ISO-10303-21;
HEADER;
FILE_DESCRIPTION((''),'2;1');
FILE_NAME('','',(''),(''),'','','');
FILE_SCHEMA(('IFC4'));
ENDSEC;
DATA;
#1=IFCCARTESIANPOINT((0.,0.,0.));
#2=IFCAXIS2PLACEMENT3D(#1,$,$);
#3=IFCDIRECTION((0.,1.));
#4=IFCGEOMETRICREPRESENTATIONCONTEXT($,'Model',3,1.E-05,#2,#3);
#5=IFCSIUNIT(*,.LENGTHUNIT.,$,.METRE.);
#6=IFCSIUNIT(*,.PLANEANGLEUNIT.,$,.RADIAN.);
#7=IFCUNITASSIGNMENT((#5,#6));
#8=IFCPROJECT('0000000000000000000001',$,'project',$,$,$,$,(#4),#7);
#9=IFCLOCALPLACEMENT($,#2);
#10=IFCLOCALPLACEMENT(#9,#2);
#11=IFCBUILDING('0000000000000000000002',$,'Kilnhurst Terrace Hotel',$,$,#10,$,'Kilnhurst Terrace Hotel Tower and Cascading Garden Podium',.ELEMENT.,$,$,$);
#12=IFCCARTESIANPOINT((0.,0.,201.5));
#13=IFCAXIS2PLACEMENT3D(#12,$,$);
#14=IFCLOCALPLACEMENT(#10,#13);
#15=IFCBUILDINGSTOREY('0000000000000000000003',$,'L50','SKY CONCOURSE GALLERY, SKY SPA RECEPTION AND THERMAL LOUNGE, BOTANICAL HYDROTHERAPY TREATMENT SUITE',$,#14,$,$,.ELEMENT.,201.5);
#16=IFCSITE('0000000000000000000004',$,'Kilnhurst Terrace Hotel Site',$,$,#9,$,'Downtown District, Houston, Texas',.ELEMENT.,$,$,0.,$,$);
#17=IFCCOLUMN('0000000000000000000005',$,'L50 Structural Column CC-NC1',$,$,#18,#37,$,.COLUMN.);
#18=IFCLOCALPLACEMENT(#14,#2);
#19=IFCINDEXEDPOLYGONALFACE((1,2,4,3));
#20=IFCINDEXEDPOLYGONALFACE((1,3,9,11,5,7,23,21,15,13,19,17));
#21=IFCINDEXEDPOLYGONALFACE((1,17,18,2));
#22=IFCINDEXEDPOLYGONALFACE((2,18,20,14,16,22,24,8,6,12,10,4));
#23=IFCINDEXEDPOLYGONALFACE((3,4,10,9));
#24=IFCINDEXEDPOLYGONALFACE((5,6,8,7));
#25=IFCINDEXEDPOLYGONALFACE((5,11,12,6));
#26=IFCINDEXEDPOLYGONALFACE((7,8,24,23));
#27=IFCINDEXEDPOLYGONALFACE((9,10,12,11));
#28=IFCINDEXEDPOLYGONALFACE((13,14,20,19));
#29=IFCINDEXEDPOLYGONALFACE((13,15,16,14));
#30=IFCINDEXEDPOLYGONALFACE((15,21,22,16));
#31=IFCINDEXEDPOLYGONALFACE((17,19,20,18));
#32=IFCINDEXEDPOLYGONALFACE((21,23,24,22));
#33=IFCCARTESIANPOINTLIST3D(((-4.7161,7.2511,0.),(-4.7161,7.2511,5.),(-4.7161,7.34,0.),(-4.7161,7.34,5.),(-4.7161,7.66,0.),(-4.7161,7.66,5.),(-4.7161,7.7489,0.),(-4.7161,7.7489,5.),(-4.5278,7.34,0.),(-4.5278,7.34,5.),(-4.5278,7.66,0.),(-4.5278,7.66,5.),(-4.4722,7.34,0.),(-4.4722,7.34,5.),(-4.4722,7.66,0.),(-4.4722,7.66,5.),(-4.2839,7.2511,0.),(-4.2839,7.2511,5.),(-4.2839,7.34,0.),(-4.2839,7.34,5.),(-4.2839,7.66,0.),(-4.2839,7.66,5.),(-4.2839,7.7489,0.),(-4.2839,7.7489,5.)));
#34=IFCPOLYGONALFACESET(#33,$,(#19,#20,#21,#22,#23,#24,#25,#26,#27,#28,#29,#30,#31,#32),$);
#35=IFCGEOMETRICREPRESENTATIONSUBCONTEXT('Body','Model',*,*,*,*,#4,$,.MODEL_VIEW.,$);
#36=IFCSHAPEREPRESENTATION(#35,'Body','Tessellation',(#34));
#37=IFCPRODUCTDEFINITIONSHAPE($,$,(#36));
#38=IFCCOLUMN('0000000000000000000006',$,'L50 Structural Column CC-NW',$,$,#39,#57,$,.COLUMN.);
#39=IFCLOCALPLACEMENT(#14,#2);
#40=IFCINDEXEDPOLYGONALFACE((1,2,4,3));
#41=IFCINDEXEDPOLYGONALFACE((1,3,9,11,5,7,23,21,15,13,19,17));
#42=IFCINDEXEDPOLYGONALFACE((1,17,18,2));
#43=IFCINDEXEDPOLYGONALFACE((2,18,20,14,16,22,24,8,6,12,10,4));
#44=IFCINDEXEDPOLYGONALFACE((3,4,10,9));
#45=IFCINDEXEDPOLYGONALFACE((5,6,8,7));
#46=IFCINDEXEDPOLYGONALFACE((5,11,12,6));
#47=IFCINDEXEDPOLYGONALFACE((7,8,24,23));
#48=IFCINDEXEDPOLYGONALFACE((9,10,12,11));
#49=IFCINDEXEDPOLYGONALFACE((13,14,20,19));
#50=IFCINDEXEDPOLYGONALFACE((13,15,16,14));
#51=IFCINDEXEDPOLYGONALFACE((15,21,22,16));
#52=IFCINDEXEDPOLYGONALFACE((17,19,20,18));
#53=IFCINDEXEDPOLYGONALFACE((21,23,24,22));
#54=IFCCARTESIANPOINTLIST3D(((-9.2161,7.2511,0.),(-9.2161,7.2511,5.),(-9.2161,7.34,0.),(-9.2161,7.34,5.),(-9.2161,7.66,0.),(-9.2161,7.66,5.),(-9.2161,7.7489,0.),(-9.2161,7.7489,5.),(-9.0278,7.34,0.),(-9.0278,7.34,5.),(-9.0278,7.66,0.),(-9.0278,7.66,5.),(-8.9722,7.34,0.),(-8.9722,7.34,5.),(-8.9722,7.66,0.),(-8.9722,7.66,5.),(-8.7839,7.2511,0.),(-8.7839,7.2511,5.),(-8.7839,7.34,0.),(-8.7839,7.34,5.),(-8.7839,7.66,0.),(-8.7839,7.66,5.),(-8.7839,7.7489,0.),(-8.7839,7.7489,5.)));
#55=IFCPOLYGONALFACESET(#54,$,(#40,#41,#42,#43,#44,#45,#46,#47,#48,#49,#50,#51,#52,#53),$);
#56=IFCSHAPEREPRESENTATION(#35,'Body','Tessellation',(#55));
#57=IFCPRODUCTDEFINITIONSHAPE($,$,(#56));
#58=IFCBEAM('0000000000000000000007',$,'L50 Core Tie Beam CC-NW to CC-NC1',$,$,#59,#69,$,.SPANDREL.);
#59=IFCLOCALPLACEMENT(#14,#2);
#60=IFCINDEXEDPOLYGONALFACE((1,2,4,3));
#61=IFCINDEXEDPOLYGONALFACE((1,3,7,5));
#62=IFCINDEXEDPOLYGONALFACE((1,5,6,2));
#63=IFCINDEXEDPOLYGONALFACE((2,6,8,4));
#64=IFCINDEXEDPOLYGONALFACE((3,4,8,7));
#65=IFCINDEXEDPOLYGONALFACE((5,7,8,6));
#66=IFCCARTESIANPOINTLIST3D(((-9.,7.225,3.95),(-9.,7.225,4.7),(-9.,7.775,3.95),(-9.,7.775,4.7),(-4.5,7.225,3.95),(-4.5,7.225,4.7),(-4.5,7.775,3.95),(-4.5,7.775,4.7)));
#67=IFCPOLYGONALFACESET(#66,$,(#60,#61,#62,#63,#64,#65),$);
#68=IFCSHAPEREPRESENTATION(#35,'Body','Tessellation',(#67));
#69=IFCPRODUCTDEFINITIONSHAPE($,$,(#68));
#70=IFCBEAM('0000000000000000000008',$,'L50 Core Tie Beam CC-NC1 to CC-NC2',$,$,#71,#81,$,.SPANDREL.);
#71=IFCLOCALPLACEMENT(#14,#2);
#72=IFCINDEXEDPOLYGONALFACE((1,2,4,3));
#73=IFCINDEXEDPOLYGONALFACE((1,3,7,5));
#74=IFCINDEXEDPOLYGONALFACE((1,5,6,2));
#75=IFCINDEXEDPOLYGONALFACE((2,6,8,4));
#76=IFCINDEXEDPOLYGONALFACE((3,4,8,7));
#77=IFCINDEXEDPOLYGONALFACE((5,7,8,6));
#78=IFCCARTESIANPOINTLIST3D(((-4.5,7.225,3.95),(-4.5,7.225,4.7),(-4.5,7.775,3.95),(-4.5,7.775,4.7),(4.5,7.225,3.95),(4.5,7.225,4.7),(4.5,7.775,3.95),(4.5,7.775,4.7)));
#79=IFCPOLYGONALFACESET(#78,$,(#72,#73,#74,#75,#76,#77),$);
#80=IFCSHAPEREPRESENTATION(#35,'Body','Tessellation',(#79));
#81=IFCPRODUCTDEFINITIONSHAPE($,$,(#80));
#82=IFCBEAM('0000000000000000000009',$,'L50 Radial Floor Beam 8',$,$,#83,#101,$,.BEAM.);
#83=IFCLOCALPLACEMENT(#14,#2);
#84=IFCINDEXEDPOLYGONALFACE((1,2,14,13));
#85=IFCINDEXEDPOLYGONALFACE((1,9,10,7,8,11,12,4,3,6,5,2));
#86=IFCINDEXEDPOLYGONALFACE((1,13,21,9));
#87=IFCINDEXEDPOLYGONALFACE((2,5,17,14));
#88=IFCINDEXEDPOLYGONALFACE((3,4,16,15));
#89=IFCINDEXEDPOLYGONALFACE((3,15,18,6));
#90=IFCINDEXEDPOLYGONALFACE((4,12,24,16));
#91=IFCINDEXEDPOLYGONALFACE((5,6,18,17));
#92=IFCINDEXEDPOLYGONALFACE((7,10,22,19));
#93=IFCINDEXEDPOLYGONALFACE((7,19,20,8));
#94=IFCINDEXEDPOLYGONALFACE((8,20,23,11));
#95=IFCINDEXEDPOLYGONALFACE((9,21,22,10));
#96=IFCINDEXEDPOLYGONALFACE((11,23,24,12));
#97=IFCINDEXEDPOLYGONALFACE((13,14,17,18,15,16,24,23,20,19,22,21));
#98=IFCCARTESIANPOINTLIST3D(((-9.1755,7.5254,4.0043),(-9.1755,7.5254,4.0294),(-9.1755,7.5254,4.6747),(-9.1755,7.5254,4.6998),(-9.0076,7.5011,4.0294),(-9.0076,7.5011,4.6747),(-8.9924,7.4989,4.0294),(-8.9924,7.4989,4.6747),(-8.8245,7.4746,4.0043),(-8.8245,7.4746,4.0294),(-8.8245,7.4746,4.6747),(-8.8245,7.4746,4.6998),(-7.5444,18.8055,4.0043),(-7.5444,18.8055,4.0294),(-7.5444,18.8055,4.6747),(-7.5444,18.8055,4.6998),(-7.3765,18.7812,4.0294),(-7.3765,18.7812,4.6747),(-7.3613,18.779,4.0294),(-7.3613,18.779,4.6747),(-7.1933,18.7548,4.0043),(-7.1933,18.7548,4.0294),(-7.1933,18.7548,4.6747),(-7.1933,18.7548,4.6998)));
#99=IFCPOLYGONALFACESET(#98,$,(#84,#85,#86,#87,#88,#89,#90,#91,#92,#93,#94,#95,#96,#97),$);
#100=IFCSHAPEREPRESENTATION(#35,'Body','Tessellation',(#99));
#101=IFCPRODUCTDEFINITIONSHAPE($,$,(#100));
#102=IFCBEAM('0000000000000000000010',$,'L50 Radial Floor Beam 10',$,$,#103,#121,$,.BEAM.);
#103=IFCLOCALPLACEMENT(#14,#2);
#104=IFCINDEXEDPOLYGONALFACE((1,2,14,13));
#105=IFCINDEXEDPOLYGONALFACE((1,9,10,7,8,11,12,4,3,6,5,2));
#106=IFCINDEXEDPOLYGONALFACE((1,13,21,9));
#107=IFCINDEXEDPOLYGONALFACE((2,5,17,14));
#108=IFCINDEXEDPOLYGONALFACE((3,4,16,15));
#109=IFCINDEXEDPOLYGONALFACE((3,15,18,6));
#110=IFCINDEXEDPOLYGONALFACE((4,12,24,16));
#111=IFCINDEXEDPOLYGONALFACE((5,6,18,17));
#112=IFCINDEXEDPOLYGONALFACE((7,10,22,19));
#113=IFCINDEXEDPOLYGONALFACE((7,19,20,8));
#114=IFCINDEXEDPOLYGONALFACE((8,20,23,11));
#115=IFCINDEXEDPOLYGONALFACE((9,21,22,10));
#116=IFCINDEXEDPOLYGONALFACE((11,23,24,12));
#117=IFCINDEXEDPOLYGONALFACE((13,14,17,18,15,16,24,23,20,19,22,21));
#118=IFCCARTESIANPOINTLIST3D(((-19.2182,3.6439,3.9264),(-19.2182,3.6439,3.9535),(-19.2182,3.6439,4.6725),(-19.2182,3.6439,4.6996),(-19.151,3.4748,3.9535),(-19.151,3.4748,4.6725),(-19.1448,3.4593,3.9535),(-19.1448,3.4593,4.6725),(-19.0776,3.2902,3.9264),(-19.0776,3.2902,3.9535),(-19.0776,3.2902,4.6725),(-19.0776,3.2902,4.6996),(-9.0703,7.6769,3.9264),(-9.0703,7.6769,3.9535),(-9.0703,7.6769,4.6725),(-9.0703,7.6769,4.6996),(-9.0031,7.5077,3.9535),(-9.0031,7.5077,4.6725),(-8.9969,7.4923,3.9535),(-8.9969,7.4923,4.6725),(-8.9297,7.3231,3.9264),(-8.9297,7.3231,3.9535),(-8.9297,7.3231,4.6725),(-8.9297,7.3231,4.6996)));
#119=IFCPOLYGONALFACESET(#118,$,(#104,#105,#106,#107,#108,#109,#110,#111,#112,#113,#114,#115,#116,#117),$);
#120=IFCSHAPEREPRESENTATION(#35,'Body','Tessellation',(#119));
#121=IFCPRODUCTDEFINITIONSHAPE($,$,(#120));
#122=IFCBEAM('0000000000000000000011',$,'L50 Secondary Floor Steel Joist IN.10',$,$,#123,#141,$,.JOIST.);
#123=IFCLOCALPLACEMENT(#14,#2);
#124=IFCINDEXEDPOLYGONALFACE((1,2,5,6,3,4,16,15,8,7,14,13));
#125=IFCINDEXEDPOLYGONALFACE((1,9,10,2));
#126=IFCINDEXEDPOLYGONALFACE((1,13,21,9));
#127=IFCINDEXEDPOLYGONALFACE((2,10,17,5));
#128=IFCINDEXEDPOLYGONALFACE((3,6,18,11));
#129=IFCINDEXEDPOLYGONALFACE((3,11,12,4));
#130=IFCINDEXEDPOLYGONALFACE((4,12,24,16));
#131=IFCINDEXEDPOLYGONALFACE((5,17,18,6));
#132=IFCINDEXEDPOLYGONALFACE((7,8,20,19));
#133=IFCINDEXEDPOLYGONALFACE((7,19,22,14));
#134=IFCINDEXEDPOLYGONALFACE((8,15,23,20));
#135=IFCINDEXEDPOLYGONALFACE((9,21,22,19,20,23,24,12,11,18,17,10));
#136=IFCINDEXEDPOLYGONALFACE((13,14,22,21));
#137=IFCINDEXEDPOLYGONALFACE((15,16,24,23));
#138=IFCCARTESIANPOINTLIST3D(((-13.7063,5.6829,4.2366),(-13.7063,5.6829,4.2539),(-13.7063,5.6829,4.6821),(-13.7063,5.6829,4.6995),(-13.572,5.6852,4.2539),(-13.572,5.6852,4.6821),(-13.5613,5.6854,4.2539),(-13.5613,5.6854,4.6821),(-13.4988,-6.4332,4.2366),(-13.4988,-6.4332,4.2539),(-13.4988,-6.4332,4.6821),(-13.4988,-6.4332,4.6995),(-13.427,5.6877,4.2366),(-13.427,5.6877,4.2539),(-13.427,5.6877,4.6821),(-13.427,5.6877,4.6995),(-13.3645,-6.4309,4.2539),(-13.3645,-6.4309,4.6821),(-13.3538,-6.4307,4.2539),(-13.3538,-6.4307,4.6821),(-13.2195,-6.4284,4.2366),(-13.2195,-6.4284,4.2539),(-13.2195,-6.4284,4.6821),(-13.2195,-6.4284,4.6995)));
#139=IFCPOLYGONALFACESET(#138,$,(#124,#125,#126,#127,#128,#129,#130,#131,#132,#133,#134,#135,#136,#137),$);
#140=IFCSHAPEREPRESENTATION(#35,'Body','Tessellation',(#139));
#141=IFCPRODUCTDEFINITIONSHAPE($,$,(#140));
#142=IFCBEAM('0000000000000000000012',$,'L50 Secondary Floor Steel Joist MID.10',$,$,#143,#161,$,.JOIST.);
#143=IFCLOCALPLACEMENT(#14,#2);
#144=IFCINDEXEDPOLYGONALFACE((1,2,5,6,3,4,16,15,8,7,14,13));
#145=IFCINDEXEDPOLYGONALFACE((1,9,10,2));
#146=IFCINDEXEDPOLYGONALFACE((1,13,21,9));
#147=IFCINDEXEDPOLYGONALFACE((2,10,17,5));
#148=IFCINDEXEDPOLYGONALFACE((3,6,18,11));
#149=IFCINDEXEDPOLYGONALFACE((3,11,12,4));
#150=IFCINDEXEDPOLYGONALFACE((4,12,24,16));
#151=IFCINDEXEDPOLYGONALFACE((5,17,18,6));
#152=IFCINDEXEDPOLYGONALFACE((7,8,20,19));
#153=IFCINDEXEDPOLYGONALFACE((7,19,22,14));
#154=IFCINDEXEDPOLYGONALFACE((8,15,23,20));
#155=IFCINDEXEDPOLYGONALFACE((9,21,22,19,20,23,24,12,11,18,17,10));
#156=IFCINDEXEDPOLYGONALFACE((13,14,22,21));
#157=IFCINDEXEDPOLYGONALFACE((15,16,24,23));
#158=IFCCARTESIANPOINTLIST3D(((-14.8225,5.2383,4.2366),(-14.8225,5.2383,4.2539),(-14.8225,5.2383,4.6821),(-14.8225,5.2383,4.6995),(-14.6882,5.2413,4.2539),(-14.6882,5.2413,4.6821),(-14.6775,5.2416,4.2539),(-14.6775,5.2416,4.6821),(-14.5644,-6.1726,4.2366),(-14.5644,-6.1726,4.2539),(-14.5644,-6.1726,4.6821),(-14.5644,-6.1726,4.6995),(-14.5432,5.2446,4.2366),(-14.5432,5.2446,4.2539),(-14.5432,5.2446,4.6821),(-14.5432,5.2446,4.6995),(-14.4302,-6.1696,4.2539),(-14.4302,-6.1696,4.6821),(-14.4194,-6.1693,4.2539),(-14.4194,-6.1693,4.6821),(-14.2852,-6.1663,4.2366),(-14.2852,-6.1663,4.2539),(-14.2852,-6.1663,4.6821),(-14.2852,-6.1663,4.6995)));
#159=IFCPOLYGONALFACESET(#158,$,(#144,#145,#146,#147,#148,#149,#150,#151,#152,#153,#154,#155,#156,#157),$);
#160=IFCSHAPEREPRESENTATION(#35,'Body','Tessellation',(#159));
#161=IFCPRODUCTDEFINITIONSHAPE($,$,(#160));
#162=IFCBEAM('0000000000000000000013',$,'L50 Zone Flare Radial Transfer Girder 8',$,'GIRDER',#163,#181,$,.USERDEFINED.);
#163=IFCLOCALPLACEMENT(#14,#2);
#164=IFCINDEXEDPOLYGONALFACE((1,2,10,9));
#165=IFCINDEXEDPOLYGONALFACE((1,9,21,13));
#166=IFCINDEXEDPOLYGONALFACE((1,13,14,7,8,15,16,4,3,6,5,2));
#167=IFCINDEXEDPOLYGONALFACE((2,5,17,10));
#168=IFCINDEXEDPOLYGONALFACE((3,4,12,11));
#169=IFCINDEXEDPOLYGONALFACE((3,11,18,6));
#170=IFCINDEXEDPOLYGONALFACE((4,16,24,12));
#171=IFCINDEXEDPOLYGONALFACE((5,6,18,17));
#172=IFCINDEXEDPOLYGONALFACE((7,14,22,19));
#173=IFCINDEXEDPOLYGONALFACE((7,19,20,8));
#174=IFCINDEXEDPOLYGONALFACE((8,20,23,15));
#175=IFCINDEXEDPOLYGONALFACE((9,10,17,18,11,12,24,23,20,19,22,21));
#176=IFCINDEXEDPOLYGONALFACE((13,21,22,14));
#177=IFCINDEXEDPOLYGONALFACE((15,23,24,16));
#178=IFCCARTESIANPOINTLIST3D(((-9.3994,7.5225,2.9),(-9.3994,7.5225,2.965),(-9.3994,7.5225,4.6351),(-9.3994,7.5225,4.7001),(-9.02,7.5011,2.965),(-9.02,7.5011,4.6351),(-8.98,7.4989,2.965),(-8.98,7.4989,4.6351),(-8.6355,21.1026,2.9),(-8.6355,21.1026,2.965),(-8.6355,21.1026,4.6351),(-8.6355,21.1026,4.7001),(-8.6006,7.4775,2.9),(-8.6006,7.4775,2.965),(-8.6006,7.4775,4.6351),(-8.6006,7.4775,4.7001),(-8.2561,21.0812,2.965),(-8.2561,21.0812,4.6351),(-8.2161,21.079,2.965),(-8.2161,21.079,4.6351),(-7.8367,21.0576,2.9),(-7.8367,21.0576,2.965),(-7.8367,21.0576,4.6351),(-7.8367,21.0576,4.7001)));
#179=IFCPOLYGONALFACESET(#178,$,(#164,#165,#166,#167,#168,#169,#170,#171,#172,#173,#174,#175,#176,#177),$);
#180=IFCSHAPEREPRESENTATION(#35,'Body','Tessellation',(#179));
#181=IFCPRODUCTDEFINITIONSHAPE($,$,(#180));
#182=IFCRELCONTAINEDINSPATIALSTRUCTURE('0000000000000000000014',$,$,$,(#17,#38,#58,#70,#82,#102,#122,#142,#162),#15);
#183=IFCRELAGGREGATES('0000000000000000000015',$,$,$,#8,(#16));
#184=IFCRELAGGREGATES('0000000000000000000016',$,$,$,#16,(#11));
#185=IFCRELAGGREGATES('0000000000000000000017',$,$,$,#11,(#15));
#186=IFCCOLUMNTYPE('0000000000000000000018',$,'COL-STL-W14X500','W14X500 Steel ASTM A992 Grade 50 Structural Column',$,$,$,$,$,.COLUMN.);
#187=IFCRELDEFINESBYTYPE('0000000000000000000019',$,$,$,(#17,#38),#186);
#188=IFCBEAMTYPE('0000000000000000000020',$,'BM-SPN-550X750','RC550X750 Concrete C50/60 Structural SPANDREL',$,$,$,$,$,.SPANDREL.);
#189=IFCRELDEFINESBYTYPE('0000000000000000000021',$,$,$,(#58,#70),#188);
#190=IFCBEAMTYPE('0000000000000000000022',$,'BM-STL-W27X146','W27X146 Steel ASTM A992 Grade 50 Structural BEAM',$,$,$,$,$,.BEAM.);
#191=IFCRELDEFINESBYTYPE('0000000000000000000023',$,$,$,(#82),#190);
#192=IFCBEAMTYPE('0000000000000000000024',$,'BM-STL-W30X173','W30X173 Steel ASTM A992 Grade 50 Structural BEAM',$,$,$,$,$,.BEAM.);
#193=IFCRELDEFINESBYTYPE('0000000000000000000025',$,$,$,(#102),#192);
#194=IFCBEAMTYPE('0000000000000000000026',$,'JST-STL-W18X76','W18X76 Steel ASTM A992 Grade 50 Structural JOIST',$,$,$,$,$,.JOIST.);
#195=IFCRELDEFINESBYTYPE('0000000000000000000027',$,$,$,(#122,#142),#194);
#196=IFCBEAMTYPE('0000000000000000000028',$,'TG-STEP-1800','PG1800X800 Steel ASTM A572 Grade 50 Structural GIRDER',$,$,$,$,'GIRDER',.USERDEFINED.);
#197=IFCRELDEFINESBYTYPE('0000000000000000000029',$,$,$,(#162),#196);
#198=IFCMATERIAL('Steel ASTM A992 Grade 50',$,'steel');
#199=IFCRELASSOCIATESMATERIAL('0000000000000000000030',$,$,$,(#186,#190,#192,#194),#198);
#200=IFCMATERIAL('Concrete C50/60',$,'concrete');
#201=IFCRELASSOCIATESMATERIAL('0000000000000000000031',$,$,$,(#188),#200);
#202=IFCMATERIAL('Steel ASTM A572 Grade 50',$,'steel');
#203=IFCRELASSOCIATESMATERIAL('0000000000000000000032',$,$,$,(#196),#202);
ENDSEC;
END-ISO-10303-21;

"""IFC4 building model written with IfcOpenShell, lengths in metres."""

from ifc_helpers import new_model, si_unit, direction, frame, origin, origin_2d, place, context, subcontext, project, spatial, rectangle, i_section, extrude, material, material_profile, profile_set, type_object, element, save


model = new_model("IFC4")

# Units and contexts
model_context = context("Model", 3, precision=1e-05, world=origin(), true_north=direction((0.0, 1.0)))
body_context = subcontext(model_context, "Body", "Model", "MODEL_VIEW")
ifc_project = project(units=[si_unit("LENGTHUNIT", "METRE"), si_unit("PLANEANGLEUNIT", "RADIAN")], contexts=[model_context])

# Site, building, storey
site_placement = place(None, origin())
site = spatial("IfcSite", under=ifc_project, at=site_placement, Name="Kilnhurst Terrace Hotel Site", LongName="Downtown District, Houston, Texas", CompositionType="ELEMENT", RefElevation=0.0)
building_placement = place(site_placement, origin())
building = spatial("IfcBuilding", under=site, at=building_placement, Name="Kilnhurst Terrace Hotel", LongName="Kilnhurst Terrace Hotel Tower and Cascading Garden Podium", CompositionType="ELEMENT")
storey_placement = place(building_placement, frame((0.0, 0.0, 201.5)))
storey = spatial("IfcBuildingStorey", under=building, at=storey_placement, Name="L50", Description="SKY CONCOURSE GALLERY, SKY SPA RECEPTION AND THERMAL LOUNGE, BOTANICAL HYDROTHERAPY TREATMENT SUITE", CompositionType="ELEMENT", Elevation=201.5)

# Columns
ifc_material_1 = material(Name="Steel ASTM A992 Grade 50", Category="steel")
ifc_material_profile_1 = material_profile(ifc_material_1, i_section(OverallWidth=0.4321, OverallDepth=0.4978, WebThickness=0.0557, FlangeThickness=0.0889, at=origin_2d()), Name="W14X500")
ifc_profile_set_1 = profile_set([ifc_material_profile_1], Name="Steel ASTM A992 Grade 50")
column_type = type_object("IfcColumnType", Name="COL-STL-W14X500", Description="W14X500 Steel ASTM A992 Grade 50 Structural Column", PredefinedType="COLUMN", material=ifc_profile_set_1)
for number, where, z_axis, x_axis, name in (
    (1, (-4.5, 7.5, 0.0), (0.0, 0.0, 1.0), (1.0, 0.0, 0.0), "L50 Structural Column CC-NC1"),
    (2, (-9.0, 7.5, 0.0), (0.0, 0.0, 1.0), (1.0, 0.0, 0.0), "L50 Structural Column CC-NW"),
):
    element("IfcColumn", number, at=place(storey_placement, frame(where, z_axis=z_axis, x_axis=x_axis)), inside=storey, type_object=column_type, Name=name, PredefinedType="COLUMN", context=body_context, shape_type="SweptSolid", body=[
        extrude(i_section(OverallWidth=0.4321, OverallDepth=0.4978, WebThickness=0.0557, FlangeThickness=0.0889, at=origin_2d()), origin(), (0.0, 0.0, 1.0), 5.0),
    ])

# Beams
ifc_material_2 = material(Name="Concrete C50/60", Category="concrete")
ifc_material_profile_2 = material_profile(ifc_material_2, rectangle(XDim=0.55, YDim=0.75, at=origin_2d()), Name="RC550X750")
ifc_profile_set_2 = profile_set([ifc_material_profile_2], Name="Concrete C50/60")
beam_type_1 = type_object("IfcBeamType", Name="BM-SPN-550X750", Description="RC550X750 Concrete C50/60 Structural SPANDREL", PredefinedType="SPANDREL", material=ifc_profile_set_2)
beam_1_placement = place(storey_placement, frame((-9.0, 7.5, 4.325), z_axis=(1.0, 0.0, 0.0), x_axis=(0.0, 1.0, 0.0)))
element("IfcBeam", 3, at=beam_1_placement, inside=storey, type_object=beam_type_1, Name="L50 Core Tie Beam CC-NW to CC-NC1", PredefinedType="SPANDREL", context=body_context, shape_type="SweptSolid", body=[
    extrude(rectangle(XDim=0.55, YDim=0.75, at=origin_2d()), origin(), (0.0, 0.0, 1.0), 4.5),
])
beam_2_placement = place(storey_placement, frame((-4.5, 7.5, 4.325), z_axis=(1.0, 0.0, 0.0), x_axis=(0.0, 1.0, 0.0)))
element("IfcBeam", 4, at=beam_2_placement, inside=storey, type_object=beam_type_1, Name="L50 Core Tie Beam CC-NC1 to CC-NC2", PredefinedType="SPANDREL", context=body_context, shape_type="SweptSolid", body=[
    extrude(rectangle(XDim=0.55, YDim=0.75, at=origin_2d()), origin(), (0.0, 0.0, 1.0), 9.0),
])
ifc_material_profile_3 = material_profile(ifc_material_1, i_section(OverallWidth=0.3547, OverallDepth=0.6956, WebThickness=0.0154, FlangeThickness=0.0251, at=origin_2d()), Name="W27X146")
ifc_profile_set_3 = profile_set([ifc_material_profile_3], Name="Steel ASTM A992 Grade 50")
beam_type_2 = type_object("IfcBeamType", Name="BM-STL-W27X146", Description="W27X146 Steel ASTM A992 Grade 50 Structural BEAM", PredefinedType="BEAM", material=ifc_profile_set_3)
beam_3_placement = place(storey_placement, frame((-9.0, 7.5, 4.3521), z_axis=(0.143113, 0.989706, 0.0), x_axis=(-0.989706, 0.143113, 0.0)))
element("IfcBeam", 5, at=beam_3_placement, inside=storey, type_object=beam_type_2, Name="L50 Radial Floor Beam 8", PredefinedType="BEAM", context=body_context, shape_type="SweptSolid", body=[
    extrude(i_section(OverallWidth=0.3547, OverallDepth=0.6956, WebThickness=0.0154, FlangeThickness=0.0251, at=origin_2d()), origin(), (0.0, 0.0, 1.0), 11.3975),
])
ifc_material_profile_4 = material_profile(ifc_material_1, i_section(OverallWidth=0.3806, OverallDepth=0.7732, WebThickness=0.0166, FlangeThickness=0.0271, at=origin_2d()), Name="W30X173")
ifc_profile_set_4 = profile_set([ifc_material_profile_4], Name="Steel ASTM A992 Grade 50")
beam_type_3 = type_object("IfcBeamType", Name="BM-STL-W30X173", Description="W30X173 Steel ASTM A992 Grade 50 Structural BEAM", PredefinedType="BEAM", material=ifc_profile_set_4)
beam_4_placement = place(storey_placement, frame((-9.0, 7.5, 4.313), z_axis=(-0.929302, -0.36932, 0.0), x_axis=(0.36932, -0.929302, 0.0)))
element("IfcBeam", 6, at=beam_4_placement, inside=storey, type_object=beam_type_3, Name="L50 Radial Floor Beam 10", PredefinedType="BEAM", context=body_context, shape_type="SweptSolid", body=[
    extrude(i_section(OverallWidth=0.3806, OverallDepth=0.7732, WebThickness=0.0166, FlangeThickness=0.0271, at=origin_2d()), origin(), (0.0, 0.0, 1.0), 10.9199),
])
ifc_material_profile_5 = material_profile(ifc_material_1, i_section(OverallWidth=0.2793, OverallDepth=0.4629, WebThickness=0.0107, FlangeThickness=0.0173, at=origin_2d()), Name="W18X76")
ifc_profile_set_5 = profile_set([ifc_material_profile_5], Name="Steel ASTM A992 Grade 50")
beam_type_4 = type_object("IfcBeamType", Name="JST-STL-W18X76", Description="W18X76 Steel ASTM A992 Grade 50 Structural JOIST", PredefinedType="JOIST", material=ifc_profile_set_5)
beam_5_placement = place(storey_placement, frame((-13.5667, 5.6853, 4.468), z_axis=(0.017125, -0.999853, 0.0), x_axis=(0.999853, 0.017125, 0.0)))
element("IfcBeam", 7, at=beam_5_placement, inside=storey, type_object=beam_type_4, Name="L50 Secondary Floor Steel Joist IN.10", PredefinedType="JOIST", context=body_context, shape_type="SweptSolid", body=[
    extrude(i_section(OverallWidth=0.2793, OverallDepth=0.4629, WebThickness=0.0107, FlangeThickness=0.0173, at=origin_2d()), origin(), (0.0, 0.0, 1.0), 12.1179),
])
beam_6_placement = place(storey_placement, frame((-14.6829, 5.2415, 4.468), z_axis=(0.022609, -0.999744, 0.0), x_axis=(0.999744, 0.022609, 0.0)))
element("IfcBeam", 8, at=beam_6_placement, inside=storey, type_object=beam_type_4, Name="L50 Secondary Floor Steel Joist MID.10", PredefinedType="JOIST", context=body_context, shape_type="SweptSolid", body=[
    extrude(i_section(OverallWidth=0.2793, OverallDepth=0.4629, WebThickness=0.0107, FlangeThickness=0.0173, at=origin_2d()), origin(), (0.0, 0.0, 1.0), 11.4138),
])
ifc_material_3 = material(Name="Steel ASTM A572 Grade 50", Category="steel")
ifc_material_profile_6 = material_profile(ifc_material_3, i_section(OverallWidth=0.8, OverallDepth=1.8, WebThickness=0.04, FlangeThickness=0.0649, at=origin_2d()), Name="PG1800X800")
ifc_profile_set_6 = profile_set([ifc_material_profile_6], Name="Steel ASTM A572 Grade 50")
beam_type_5 = type_object("IfcBeamType", Name="TG-STEP-1800", Description="PG1800X800 Steel ASTM A572 Grade 50 Structural GIRDER", ElementType="GIRDER", PredefinedType="USERDEFINED", material=ifc_profile_set_6)
beam_7_placement = place(storey_placement, frame((-9.0, 7.5, 3.8), z_axis=(0.056164, 0.998422, 0.0), x_axis=(-0.998422, 0.056164, 0.0)))
element("IfcBeam", 9, at=beam_7_placement, inside=storey, type_object=beam_type_5, Name="L50 Zone Flare Radial Transfer Girder 8", ObjectType="GIRDER", PredefinedType="USERDEFINED", context=body_context, shape_type="SweptSolid", body=[
    extrude(i_section(OverallWidth=0.8, OverallDepth=1.8, WebThickness=0.04, FlangeThickness=0.0649, at=origin_2d()), origin(), (0.0, 0.0, 1.0), 13.6016),
])

save(model, "model.ifc")
